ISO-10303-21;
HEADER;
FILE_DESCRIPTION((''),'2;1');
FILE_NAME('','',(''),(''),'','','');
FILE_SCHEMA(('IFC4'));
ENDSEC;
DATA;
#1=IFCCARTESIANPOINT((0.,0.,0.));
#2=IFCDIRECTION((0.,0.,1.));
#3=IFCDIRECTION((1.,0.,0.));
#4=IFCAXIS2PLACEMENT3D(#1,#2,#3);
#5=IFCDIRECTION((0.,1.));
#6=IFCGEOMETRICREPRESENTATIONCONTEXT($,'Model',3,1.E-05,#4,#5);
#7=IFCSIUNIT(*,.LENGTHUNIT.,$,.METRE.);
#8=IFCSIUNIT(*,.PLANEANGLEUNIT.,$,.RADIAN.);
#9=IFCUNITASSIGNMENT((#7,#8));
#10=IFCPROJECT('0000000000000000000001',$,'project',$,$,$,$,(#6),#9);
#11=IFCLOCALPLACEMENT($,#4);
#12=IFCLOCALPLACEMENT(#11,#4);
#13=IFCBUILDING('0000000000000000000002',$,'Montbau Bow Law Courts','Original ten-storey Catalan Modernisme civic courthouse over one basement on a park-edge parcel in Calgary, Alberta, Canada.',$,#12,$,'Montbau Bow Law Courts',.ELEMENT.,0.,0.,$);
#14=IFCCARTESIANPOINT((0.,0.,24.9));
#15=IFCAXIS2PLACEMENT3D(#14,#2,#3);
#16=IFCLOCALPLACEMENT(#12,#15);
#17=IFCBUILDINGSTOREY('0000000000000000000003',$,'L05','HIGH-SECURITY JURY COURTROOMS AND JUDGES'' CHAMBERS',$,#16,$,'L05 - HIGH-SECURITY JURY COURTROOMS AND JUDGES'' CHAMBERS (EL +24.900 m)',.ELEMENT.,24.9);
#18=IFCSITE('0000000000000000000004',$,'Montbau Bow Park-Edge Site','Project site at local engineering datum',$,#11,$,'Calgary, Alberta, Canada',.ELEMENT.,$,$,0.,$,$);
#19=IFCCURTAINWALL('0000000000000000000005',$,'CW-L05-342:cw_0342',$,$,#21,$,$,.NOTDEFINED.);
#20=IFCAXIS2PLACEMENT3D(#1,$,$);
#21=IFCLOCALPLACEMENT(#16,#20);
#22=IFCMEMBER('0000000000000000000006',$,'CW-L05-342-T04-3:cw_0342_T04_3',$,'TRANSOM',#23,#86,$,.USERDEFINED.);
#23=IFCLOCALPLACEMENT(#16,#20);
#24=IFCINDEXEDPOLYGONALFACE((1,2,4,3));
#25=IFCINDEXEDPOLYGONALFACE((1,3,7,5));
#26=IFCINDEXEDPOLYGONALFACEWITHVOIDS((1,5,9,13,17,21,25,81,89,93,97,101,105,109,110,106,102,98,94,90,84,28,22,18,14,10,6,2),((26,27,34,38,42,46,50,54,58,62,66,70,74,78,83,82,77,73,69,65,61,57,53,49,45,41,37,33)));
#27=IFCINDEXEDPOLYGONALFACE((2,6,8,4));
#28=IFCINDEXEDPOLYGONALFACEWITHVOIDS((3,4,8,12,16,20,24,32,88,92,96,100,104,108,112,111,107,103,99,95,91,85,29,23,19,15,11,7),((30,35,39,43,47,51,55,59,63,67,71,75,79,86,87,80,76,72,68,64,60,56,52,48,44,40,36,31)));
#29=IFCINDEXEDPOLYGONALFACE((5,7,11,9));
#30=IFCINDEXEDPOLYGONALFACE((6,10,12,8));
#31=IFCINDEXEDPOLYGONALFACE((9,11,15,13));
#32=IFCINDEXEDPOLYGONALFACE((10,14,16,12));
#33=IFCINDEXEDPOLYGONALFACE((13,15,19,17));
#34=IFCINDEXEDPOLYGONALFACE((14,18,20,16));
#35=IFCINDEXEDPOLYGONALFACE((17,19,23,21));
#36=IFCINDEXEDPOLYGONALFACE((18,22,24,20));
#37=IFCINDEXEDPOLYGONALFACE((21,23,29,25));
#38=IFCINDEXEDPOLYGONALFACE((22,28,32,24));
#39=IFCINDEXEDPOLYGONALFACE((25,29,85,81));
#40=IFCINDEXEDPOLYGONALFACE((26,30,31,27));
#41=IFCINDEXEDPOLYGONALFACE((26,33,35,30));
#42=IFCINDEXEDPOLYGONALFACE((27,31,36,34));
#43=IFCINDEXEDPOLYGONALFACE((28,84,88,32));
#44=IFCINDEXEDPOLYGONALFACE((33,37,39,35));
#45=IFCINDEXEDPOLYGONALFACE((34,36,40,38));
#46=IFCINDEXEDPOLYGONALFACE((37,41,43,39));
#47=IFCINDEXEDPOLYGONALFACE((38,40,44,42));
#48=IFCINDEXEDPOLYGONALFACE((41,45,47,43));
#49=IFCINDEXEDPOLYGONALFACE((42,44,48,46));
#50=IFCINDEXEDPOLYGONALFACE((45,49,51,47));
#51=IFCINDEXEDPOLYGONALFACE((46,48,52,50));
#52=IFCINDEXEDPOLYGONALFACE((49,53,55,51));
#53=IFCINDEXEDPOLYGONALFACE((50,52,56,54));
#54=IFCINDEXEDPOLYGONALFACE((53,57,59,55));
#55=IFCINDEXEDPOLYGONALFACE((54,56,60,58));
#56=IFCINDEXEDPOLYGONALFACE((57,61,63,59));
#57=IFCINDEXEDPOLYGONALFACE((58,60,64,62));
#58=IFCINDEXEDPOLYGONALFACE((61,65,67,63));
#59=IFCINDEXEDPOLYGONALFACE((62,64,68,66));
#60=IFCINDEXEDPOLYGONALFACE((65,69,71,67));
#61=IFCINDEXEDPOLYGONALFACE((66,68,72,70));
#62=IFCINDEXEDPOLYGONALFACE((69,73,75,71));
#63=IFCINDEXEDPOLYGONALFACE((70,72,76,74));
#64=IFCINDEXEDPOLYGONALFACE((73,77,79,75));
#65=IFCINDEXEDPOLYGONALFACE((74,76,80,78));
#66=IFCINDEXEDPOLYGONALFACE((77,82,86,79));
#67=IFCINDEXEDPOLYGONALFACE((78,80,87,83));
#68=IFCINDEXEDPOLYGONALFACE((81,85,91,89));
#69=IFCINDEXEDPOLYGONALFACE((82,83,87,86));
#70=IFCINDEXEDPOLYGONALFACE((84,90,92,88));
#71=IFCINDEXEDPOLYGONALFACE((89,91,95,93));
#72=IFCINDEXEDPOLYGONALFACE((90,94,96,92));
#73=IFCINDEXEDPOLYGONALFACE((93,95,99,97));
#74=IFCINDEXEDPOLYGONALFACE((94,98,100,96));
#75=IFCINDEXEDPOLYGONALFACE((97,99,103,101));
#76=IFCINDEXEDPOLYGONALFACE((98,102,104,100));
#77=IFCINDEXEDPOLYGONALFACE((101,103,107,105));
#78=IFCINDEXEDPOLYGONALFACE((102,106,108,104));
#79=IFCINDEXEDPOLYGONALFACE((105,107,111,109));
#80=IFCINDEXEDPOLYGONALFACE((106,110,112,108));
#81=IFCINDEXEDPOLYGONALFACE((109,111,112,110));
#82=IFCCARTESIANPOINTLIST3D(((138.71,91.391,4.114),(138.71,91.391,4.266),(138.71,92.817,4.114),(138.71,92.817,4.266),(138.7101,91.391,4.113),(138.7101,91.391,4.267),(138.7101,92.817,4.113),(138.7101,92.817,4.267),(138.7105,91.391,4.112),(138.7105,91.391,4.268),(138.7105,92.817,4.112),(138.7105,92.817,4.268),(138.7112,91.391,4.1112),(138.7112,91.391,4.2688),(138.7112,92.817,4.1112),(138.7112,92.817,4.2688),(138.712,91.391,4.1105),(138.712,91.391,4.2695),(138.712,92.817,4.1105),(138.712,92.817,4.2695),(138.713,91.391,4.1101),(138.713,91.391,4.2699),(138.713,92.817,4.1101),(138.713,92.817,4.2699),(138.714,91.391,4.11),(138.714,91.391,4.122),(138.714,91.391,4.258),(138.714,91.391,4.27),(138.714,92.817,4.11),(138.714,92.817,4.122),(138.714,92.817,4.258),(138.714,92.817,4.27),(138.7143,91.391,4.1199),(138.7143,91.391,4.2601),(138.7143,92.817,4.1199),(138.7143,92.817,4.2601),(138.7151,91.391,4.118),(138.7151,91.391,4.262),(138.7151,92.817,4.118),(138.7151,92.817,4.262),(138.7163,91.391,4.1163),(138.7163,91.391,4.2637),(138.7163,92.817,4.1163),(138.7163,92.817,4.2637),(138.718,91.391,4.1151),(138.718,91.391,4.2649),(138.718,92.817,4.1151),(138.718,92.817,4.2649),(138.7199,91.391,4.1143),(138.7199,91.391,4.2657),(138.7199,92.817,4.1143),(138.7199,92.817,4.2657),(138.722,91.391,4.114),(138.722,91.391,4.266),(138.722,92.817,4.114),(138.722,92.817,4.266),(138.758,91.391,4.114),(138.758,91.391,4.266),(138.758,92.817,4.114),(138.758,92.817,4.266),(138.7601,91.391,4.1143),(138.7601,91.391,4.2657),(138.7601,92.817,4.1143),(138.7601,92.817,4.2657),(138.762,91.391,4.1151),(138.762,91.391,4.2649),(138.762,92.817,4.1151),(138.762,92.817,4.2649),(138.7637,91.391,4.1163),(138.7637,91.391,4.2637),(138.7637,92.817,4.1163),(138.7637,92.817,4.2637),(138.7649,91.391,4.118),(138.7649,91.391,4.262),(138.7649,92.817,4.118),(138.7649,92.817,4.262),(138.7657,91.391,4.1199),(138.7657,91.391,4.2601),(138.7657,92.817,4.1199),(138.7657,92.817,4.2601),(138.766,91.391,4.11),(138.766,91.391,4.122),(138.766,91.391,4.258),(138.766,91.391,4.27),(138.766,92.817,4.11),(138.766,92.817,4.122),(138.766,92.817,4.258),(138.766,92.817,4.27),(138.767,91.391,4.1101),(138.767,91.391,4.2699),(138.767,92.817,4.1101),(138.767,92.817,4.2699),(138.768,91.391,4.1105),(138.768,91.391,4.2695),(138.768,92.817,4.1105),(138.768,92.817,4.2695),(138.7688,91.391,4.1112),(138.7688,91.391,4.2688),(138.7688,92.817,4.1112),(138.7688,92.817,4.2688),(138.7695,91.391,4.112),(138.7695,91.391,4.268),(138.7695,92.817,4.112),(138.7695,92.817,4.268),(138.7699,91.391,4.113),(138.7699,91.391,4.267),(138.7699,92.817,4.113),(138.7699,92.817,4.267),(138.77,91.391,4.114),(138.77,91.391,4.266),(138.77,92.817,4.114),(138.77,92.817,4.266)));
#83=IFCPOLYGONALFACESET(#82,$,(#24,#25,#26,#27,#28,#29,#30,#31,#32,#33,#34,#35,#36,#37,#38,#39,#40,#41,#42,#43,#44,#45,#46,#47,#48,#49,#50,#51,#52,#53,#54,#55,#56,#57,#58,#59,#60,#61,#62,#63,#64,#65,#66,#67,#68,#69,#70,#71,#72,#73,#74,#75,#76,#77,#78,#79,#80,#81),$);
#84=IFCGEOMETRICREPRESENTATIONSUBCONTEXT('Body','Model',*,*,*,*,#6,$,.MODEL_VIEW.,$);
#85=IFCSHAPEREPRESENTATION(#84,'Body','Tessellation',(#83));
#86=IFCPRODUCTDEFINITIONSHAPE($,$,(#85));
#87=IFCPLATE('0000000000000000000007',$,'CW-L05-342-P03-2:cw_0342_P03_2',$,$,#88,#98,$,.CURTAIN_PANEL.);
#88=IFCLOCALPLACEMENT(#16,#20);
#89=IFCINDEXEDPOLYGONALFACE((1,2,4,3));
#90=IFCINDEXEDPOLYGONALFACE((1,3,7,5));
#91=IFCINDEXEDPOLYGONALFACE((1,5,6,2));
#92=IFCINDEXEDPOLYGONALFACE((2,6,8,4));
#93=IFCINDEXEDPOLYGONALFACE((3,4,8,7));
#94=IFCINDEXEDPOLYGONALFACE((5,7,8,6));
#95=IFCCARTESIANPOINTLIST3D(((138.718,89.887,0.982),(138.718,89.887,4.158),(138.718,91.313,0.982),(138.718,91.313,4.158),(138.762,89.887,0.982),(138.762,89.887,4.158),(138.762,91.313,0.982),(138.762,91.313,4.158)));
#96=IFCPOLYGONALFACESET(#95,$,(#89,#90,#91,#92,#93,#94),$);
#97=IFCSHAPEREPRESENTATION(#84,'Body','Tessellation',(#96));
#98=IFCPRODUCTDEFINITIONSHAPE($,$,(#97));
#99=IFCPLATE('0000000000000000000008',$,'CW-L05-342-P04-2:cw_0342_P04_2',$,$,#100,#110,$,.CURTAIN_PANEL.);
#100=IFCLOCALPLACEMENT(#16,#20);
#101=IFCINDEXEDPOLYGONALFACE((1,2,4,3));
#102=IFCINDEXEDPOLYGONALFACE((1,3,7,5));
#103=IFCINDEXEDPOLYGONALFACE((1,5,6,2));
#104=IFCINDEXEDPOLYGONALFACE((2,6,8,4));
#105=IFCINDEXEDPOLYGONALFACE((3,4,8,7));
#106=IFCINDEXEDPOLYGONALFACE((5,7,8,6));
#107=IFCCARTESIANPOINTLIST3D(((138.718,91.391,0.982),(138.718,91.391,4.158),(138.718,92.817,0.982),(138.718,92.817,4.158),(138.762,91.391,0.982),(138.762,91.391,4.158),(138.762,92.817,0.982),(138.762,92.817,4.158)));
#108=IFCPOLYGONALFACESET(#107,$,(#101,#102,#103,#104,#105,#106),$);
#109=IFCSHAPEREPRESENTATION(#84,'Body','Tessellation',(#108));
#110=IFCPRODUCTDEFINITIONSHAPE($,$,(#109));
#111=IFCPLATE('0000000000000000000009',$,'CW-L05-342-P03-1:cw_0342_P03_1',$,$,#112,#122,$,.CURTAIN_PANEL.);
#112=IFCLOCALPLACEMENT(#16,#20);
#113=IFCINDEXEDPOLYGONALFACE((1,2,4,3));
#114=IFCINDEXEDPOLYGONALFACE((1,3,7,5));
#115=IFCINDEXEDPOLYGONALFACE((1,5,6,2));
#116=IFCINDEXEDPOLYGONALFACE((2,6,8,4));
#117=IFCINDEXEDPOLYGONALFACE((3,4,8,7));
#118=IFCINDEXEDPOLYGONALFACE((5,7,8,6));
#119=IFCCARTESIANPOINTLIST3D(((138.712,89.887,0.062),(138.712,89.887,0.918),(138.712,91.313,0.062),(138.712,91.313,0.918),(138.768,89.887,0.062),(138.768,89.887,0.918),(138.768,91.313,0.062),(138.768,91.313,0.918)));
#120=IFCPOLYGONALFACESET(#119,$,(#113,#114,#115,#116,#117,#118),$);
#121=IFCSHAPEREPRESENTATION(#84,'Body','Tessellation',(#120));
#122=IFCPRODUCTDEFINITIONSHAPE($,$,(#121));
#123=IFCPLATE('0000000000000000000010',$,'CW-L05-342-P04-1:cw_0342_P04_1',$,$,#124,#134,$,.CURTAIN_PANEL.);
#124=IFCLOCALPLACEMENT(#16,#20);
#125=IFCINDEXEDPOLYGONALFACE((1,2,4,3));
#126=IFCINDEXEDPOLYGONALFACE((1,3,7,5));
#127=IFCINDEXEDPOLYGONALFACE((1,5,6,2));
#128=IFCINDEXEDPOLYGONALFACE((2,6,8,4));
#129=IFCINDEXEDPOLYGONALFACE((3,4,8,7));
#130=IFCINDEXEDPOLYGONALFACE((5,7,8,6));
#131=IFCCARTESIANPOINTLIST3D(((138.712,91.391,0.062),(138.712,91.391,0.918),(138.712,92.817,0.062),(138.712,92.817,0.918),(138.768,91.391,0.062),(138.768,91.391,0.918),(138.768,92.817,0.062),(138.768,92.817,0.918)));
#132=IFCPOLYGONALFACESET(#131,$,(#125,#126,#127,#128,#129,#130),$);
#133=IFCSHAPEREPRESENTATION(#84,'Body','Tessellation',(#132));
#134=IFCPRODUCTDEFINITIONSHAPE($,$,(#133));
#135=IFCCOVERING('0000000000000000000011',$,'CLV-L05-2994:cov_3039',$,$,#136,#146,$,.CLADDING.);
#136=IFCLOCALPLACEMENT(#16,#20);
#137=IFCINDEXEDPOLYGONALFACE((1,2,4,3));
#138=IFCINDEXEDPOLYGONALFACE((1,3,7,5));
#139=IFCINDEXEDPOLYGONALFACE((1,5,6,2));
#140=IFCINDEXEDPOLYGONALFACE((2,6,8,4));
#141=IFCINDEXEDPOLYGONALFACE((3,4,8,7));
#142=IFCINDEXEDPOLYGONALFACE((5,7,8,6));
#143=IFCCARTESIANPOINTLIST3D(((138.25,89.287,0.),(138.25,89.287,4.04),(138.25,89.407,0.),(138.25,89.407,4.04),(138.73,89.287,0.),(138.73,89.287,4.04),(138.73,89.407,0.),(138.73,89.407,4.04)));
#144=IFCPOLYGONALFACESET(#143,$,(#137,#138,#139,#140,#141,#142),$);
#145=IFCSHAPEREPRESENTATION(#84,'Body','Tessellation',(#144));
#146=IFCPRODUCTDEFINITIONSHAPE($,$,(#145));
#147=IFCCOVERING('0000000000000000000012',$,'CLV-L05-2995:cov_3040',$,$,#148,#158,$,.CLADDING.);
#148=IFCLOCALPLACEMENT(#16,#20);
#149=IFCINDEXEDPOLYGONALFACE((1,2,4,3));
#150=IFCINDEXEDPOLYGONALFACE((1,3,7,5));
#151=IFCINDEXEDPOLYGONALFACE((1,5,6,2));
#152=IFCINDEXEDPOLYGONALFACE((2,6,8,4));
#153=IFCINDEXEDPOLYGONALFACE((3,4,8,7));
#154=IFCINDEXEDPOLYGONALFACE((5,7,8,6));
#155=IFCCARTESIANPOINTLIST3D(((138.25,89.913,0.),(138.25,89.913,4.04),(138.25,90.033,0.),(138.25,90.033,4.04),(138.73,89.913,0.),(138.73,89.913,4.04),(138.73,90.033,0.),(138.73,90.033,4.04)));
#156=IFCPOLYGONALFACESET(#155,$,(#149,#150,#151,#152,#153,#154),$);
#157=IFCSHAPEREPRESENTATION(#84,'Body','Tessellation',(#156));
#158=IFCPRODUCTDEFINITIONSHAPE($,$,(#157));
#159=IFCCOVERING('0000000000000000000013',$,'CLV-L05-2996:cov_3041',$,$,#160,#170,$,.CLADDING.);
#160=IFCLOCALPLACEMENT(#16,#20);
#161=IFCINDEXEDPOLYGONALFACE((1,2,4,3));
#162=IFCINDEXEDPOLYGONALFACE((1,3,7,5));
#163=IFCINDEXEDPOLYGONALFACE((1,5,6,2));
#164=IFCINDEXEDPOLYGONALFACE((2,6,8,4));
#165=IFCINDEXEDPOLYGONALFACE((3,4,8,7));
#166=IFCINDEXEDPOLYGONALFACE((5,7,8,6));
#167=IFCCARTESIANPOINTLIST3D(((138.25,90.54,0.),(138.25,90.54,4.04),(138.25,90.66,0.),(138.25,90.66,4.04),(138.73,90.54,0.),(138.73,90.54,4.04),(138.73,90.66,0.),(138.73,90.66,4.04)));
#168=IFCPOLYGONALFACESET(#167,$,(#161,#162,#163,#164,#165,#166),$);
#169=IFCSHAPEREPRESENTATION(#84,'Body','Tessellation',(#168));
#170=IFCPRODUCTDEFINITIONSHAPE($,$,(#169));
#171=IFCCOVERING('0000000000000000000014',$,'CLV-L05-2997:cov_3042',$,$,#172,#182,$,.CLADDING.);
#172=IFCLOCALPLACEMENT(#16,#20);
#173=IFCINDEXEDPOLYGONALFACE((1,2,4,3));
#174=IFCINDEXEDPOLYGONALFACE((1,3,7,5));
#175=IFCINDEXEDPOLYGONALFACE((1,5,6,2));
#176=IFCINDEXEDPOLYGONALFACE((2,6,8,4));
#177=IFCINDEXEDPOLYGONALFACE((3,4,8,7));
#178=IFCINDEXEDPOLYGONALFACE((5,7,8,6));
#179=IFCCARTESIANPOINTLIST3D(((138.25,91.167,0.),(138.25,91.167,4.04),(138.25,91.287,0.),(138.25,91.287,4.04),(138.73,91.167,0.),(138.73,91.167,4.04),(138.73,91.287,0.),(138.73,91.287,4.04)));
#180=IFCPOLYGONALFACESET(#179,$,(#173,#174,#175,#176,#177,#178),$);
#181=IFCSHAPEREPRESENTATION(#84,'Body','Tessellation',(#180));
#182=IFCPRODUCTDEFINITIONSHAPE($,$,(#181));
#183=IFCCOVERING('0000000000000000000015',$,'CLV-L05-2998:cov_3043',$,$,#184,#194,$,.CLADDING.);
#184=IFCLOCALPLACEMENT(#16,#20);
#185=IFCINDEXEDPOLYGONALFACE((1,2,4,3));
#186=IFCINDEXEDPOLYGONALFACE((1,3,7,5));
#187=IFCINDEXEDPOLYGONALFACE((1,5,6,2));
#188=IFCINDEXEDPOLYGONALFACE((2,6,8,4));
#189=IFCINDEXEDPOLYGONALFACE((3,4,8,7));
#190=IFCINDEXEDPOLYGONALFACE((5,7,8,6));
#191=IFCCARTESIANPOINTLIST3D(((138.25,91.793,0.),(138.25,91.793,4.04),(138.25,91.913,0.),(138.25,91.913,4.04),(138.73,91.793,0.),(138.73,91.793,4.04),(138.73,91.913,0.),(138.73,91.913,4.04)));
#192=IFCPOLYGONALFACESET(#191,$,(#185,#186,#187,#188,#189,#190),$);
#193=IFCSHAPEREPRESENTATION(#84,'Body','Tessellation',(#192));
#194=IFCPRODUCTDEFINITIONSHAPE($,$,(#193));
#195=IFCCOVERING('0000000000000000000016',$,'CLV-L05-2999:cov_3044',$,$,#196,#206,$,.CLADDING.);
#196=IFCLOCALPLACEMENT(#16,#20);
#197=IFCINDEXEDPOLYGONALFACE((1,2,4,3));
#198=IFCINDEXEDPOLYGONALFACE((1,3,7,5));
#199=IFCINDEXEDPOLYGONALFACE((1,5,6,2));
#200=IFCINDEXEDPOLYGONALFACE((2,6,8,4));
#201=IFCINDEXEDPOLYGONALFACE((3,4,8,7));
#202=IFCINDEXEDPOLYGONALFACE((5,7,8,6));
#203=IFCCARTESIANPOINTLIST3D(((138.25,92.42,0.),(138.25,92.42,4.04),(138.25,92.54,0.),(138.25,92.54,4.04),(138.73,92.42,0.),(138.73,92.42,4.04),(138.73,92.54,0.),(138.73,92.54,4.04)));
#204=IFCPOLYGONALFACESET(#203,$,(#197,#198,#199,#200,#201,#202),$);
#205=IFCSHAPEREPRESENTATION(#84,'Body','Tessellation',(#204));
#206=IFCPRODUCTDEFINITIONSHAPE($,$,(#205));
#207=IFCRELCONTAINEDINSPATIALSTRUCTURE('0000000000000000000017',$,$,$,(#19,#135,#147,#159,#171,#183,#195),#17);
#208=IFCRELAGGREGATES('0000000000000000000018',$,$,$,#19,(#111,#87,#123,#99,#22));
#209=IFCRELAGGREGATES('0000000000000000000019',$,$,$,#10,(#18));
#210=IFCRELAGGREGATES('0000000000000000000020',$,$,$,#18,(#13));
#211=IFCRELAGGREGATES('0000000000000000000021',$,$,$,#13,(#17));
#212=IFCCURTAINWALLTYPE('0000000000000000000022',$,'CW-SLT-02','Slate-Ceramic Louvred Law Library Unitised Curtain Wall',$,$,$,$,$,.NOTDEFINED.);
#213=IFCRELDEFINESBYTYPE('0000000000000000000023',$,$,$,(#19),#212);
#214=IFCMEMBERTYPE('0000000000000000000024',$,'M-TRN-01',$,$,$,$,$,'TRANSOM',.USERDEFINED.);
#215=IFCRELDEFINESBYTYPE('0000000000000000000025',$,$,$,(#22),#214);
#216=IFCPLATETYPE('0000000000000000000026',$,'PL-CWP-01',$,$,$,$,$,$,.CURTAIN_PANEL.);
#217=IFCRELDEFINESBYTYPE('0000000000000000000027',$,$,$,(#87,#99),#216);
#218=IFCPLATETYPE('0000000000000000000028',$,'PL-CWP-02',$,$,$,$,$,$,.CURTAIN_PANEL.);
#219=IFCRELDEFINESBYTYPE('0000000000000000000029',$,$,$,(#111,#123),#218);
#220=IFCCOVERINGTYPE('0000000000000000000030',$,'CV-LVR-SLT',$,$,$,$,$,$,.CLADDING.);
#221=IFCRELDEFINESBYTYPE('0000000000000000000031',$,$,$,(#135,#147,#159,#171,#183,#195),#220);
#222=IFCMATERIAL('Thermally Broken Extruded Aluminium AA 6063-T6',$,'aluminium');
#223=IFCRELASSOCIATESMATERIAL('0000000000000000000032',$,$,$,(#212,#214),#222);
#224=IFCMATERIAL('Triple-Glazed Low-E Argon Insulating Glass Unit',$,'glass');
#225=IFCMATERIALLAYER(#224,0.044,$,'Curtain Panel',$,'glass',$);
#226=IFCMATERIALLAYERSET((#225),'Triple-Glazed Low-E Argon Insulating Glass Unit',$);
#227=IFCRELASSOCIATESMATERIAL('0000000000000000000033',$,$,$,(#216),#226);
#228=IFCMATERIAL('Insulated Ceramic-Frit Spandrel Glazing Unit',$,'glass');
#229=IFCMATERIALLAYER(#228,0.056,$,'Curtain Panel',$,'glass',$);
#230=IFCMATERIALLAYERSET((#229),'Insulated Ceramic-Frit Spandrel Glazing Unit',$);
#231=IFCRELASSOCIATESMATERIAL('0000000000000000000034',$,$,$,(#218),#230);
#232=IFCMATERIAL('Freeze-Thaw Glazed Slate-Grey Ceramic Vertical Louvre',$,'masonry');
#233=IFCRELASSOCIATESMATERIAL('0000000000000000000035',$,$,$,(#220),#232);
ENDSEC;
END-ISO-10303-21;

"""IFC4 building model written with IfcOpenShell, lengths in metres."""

from ifc_helpers import new_model, si_unit, direction, frame, frame_2d, origin_with_axes, origin_2d_with_axis, place, context, subcontext, project, spatial, rectangle, hollow_rectangle, extrude, material, layer, layer_set, material_profile, profile_set, type_object, element, aggregate, save


model = new_model("IFC4")

# Units and contexts
model_context = context("Model", 3, precision=1e-05, world=origin_with_axes(), true_north=direction((0.0, 1.0)))
body_context = subcontext(model_context, "Body", "Model", "MODEL_VIEW")
ifc_project = project(units=[si_unit("LENGTHUNIT", "METRE"), si_unit("PLANEANGLEUNIT", "RADIAN")], contexts=[model_context])

# Site, building, storey
site_placement = place(None, origin_with_axes())
site = spatial("IfcSite", under=ifc_project, at=site_placement, Name="Montbau Bow Park-Edge Site", Description="Project site at local engineering datum", LongName="Calgary, Alberta, Canada", CompositionType="ELEMENT", RefElevation=0.0)
building_placement = place(site_placement, origin_with_axes())
building = spatial("IfcBuilding", under=site, at=building_placement, Name="Montbau Bow Law Courts", Description="Original ten-storey Catalan Modernisme civic courthouse over one basement on a park-edge parcel in Calgary, Alberta, Canada.", LongName="Montbau Bow Law Courts", CompositionType="ELEMENT", ElevationOfRefHeight=0.0, ElevationOfTerrain=0.0)
storey_placement = place(building_placement, frame((0.0, 0.0, 24.9), z_axis=(0.0, 0.0, 1.0), x_axis=(1.0, 0.0, 0.0)))
storey = spatial("IfcBuildingStorey", under=building, at=storey_placement, Name="L05", Description="HIGH-SECURITY JURY COURTROOMS AND JUDGES' CHAMBERS", LongName="L05 - HIGH-SECURITY JURY COURTROOMS AND JUDGES' CHAMBERS (EL +24.900 m)", CompositionType="ELEMENT", Elevation=24.9)

# Curtain wall, member, plates
ifc_material_1 = material(Name="Thermally Broken Extruded Aluminium AA 6063-T6", Category="aluminium")
curtain_wall_type = type_object("IfcCurtainWallType", Name="CW-SLT-02", Description="Slate-Ceramic Louvred Law Library Unitised Curtain Wall", PredefinedType="NOTDEFINED", material=ifc_material_1)
curtain_wall_placement = place(None, frame((138.74, 86.84, 24.9), z_axis=(0.0, 0.0, 1.0), x_axis=(1.0, 0.0, 0.0)))
curtain_wall = element("IfcCurtainWall", 1, at=curtain_wall_placement, inside=storey, type_object=curtain_wall_type, Name="CW-L05-342:cw_0342", PredefinedType="NOTDEFINED")
ifc_material_profile_1 = material_profile(ifc_material_1, hollow_rectangle(XDim=0.06, YDim=0.16, WallThickness=0.004, InnerFilletRadius=0.008, OuterFilletRadius=0.004, at=origin_2d_with_axis()), Name="CWT-160X60", Category="Main", Priority=0)
ifc_profile_set_1 = profile_set([ifc_material_profile_1], Name="Thermally Broken Extruded Aluminium AA 6063-T6")
member_type_1 = type_object("IfcMemberType", Name="M-TRN-01", ElementType="TRANSOM", PredefinedType="USERDEFINED", material=ifc_profile_set_1)
member_1_placement = place(None, frame((138.74, 91.391, 29.09), z_axis=(0.0, 1.0, 0.0), x_axis=(-1.0, 0.0, 0.0)))
member_1 = element("IfcMember", 2, at=member_1_placement, type_object=member_type_1, Name="CW-L05-342-T04-3:cw_0342_T04_3", ObjectType="TRANSOM", PredefinedType="USERDEFINED", context=body_context, shape_type="SweptSolid", body=[
    extrude(hollow_rectangle(XDim=0.06, YDim=0.16, WallThickness=0.004, InnerFilletRadius=0.008, OuterFilletRadius=0.004, at=origin_2d_with_axis()), origin_with_axes(), (0.0, 0.0, 1.0), 1.426),
])
ifc_material_2 = material(Name="Triple-Glazed Low-E Argon Insulating Glass Unit", Category="glass")
ifc_layer_1 = layer(ifc_material_2, 0.044, Name="Curtain Panel", Category="glass")
ifc_layer_set_1 = layer_set([ifc_layer_1], Name="Triple-Glazed Low-E Argon Insulating Glass Unit")
plate_type_1 = type_object("IfcPlateType", Name="PL-CWP-01", PredefinedType="CURTAIN_PANEL", material=ifc_layer_set_1)
plate_1_placement = place(None, frame((138.74, 89.887, 25.882), z_axis=(1.0, 0.0, 0.0), x_axis=(0.0, 1.0, 0.0)))
plate_1 = element("IfcPlate", 3, at=plate_1_placement, type_object=plate_type_1, Name="CW-L05-342-P03-2:cw_0342_P03_2", PredefinedType="CURTAIN_PANEL", context=body_context, shape_type="SweptSolid", body=[
    extrude(rectangle(XDim=1.426, YDim=3.176, at=frame_2d((0.713, 1.588), x_axis=(1.0, 0.0))), frame((0.0, 0.0, -0.022), z_axis=(0.0, 0.0, 1.0), x_axis=(1.0, 0.0, 0.0)), (0.0, 0.0, 1.0), 0.044),
])
plate_2_placement = place(None, frame((138.74, 91.391, 25.882), z_axis=(1.0, 0.0, 0.0), x_axis=(0.0, 1.0, 0.0)))
plate_2 = element("IfcPlate", 4, at=plate_2_placement, type_object=plate_type_1, Name="CW-L05-342-P04-2:cw_0342_P04_2", PredefinedType="CURTAIN_PANEL", context=body_context, shape_type="SweptSolid", body=[
    extrude(rectangle(XDim=1.426, YDim=3.176, at=frame_2d((0.713, 1.588), x_axis=(1.0, 0.0))), frame((0.0, 0.0, -0.022), z_axis=(0.0, 0.0, 1.0), x_axis=(1.0, 0.0, 0.0)), (0.0, 0.0, 1.0), 0.044),
])
ifc_material_3 = material(Name="Insulated Ceramic-Frit Spandrel Glazing Unit", Category="glass")
ifc_layer_2 = layer(ifc_material_3, 0.056, Name="Curtain Panel", Category="glass")
ifc_layer_set_2 = layer_set([ifc_layer_2], Name="Insulated Ceramic-Frit Spandrel Glazing Unit")
plate_type_2 = type_object("IfcPlateType", Name="PL-CWP-02", PredefinedType="CURTAIN_PANEL", material=ifc_layer_set_2)
plate_3_placement = place(None, frame((138.74, 89.887, 24.962), z_axis=(1.0, 0.0, 0.0), x_axis=(0.0, 1.0, 0.0)))
plate_3 = element("IfcPlate", 5, at=plate_3_placement, type_object=plate_type_2, Name="CW-L05-342-P03-1:cw_0342_P03_1", PredefinedType="CURTAIN_PANEL", context=body_context, shape_type="SweptSolid", body=[
    extrude(rectangle(XDim=1.426, YDim=0.856, at=frame_2d((0.713, 0.428), x_axis=(1.0, 0.0))), frame((0.0, 0.0, -0.028), z_axis=(0.0, 0.0, 1.0), x_axis=(1.0, 0.0, 0.0)), (0.0, 0.0, 1.0), 0.056),
])
plate_4_placement = place(None, frame((138.74, 91.391, 24.962), z_axis=(1.0, 0.0, 0.0), x_axis=(0.0, 1.0, 0.0)))
plate_4 = element("IfcPlate", 6, at=plate_4_placement, type_object=plate_type_2, Name="CW-L05-342-P04-1:cw_0342_P04_1", PredefinedType="CURTAIN_PANEL", context=body_context, shape_type="SweptSolid", body=[
    extrude(rectangle(XDim=1.426, YDim=0.856, at=frame_2d((0.713, 0.428), x_axis=(1.0, 0.0))), frame((0.0, 0.0, -0.028), z_axis=(0.0, 0.0, 1.0), x_axis=(1.0, 0.0, 0.0)), (0.0, 0.0, 1.0), 0.056),
])
aggregate(curtain_wall, [plate_3, plate_1, plate_4, plate_2, member_1])

# Coverings
ifc_material_4 = material(Name="Freeze-Thaw Glazed Slate-Grey Ceramic Vertical Louvre", Category="masonry")
covering_type = type_object("IfcCoveringType", Name="CV-LVR-SLT", PredefinedType="CLADDING", material=ifc_material_4)
for number, where, z_axis, x_axis, name in (
    (7, (138.73, 89.347, 24.9), (0.0, 1.0, 0.0), (-1.0, 0.0, 0.0), "CLV-L05-2994:cov_3039"),
    (8, (138.73, 89.973, 24.9), (0.0, 1.0, 0.0), (-1.0, 0.0, 0.0), "CLV-L05-2995:cov_3040"),
    (9, (138.73, 90.6, 24.9), (0.0, 1.0, 0.0), (-1.0, 0.0, 0.0), "CLV-L05-2996:cov_3041"),
    (10, (138.73, 91.227, 24.9), (0.0, 1.0, 0.0), (-1.0, 0.0, 0.0), "CLV-L05-2997:cov_3042"),
    (11, (138.73, 91.853, 24.9), (0.0, 1.0, 0.0), (-1.0, 0.0, 0.0), "CLV-L05-2998:cov_3043"),
    (12, (138.73, 92.48, 24.9), (0.0, 1.0, 0.0), (-1.0, 0.0, 0.0), "CLV-L05-2999:cov_3044"),
):
    element("IfcCovering", number, at=place(None, frame(where, z_axis=z_axis, x_axis=x_axis)), inside=storey, type_object=covering_type, Name=name, PredefinedType="CLADDING", context=body_context, shape_type="SweptSolid", body=[
        extrude(rectangle(XDim=0.48, YDim=4.04, at=frame_2d((0.24, 2.02), x_axis=(1.0, 0.0))), frame((0.0, 0.0, -0.06), z_axis=(0.0, 0.0, 1.0), x_axis=(1.0, 0.0, 0.0)), (0.0, 0.0, 1.0), 0.12),
    ])

save(model, "model.ifc")
